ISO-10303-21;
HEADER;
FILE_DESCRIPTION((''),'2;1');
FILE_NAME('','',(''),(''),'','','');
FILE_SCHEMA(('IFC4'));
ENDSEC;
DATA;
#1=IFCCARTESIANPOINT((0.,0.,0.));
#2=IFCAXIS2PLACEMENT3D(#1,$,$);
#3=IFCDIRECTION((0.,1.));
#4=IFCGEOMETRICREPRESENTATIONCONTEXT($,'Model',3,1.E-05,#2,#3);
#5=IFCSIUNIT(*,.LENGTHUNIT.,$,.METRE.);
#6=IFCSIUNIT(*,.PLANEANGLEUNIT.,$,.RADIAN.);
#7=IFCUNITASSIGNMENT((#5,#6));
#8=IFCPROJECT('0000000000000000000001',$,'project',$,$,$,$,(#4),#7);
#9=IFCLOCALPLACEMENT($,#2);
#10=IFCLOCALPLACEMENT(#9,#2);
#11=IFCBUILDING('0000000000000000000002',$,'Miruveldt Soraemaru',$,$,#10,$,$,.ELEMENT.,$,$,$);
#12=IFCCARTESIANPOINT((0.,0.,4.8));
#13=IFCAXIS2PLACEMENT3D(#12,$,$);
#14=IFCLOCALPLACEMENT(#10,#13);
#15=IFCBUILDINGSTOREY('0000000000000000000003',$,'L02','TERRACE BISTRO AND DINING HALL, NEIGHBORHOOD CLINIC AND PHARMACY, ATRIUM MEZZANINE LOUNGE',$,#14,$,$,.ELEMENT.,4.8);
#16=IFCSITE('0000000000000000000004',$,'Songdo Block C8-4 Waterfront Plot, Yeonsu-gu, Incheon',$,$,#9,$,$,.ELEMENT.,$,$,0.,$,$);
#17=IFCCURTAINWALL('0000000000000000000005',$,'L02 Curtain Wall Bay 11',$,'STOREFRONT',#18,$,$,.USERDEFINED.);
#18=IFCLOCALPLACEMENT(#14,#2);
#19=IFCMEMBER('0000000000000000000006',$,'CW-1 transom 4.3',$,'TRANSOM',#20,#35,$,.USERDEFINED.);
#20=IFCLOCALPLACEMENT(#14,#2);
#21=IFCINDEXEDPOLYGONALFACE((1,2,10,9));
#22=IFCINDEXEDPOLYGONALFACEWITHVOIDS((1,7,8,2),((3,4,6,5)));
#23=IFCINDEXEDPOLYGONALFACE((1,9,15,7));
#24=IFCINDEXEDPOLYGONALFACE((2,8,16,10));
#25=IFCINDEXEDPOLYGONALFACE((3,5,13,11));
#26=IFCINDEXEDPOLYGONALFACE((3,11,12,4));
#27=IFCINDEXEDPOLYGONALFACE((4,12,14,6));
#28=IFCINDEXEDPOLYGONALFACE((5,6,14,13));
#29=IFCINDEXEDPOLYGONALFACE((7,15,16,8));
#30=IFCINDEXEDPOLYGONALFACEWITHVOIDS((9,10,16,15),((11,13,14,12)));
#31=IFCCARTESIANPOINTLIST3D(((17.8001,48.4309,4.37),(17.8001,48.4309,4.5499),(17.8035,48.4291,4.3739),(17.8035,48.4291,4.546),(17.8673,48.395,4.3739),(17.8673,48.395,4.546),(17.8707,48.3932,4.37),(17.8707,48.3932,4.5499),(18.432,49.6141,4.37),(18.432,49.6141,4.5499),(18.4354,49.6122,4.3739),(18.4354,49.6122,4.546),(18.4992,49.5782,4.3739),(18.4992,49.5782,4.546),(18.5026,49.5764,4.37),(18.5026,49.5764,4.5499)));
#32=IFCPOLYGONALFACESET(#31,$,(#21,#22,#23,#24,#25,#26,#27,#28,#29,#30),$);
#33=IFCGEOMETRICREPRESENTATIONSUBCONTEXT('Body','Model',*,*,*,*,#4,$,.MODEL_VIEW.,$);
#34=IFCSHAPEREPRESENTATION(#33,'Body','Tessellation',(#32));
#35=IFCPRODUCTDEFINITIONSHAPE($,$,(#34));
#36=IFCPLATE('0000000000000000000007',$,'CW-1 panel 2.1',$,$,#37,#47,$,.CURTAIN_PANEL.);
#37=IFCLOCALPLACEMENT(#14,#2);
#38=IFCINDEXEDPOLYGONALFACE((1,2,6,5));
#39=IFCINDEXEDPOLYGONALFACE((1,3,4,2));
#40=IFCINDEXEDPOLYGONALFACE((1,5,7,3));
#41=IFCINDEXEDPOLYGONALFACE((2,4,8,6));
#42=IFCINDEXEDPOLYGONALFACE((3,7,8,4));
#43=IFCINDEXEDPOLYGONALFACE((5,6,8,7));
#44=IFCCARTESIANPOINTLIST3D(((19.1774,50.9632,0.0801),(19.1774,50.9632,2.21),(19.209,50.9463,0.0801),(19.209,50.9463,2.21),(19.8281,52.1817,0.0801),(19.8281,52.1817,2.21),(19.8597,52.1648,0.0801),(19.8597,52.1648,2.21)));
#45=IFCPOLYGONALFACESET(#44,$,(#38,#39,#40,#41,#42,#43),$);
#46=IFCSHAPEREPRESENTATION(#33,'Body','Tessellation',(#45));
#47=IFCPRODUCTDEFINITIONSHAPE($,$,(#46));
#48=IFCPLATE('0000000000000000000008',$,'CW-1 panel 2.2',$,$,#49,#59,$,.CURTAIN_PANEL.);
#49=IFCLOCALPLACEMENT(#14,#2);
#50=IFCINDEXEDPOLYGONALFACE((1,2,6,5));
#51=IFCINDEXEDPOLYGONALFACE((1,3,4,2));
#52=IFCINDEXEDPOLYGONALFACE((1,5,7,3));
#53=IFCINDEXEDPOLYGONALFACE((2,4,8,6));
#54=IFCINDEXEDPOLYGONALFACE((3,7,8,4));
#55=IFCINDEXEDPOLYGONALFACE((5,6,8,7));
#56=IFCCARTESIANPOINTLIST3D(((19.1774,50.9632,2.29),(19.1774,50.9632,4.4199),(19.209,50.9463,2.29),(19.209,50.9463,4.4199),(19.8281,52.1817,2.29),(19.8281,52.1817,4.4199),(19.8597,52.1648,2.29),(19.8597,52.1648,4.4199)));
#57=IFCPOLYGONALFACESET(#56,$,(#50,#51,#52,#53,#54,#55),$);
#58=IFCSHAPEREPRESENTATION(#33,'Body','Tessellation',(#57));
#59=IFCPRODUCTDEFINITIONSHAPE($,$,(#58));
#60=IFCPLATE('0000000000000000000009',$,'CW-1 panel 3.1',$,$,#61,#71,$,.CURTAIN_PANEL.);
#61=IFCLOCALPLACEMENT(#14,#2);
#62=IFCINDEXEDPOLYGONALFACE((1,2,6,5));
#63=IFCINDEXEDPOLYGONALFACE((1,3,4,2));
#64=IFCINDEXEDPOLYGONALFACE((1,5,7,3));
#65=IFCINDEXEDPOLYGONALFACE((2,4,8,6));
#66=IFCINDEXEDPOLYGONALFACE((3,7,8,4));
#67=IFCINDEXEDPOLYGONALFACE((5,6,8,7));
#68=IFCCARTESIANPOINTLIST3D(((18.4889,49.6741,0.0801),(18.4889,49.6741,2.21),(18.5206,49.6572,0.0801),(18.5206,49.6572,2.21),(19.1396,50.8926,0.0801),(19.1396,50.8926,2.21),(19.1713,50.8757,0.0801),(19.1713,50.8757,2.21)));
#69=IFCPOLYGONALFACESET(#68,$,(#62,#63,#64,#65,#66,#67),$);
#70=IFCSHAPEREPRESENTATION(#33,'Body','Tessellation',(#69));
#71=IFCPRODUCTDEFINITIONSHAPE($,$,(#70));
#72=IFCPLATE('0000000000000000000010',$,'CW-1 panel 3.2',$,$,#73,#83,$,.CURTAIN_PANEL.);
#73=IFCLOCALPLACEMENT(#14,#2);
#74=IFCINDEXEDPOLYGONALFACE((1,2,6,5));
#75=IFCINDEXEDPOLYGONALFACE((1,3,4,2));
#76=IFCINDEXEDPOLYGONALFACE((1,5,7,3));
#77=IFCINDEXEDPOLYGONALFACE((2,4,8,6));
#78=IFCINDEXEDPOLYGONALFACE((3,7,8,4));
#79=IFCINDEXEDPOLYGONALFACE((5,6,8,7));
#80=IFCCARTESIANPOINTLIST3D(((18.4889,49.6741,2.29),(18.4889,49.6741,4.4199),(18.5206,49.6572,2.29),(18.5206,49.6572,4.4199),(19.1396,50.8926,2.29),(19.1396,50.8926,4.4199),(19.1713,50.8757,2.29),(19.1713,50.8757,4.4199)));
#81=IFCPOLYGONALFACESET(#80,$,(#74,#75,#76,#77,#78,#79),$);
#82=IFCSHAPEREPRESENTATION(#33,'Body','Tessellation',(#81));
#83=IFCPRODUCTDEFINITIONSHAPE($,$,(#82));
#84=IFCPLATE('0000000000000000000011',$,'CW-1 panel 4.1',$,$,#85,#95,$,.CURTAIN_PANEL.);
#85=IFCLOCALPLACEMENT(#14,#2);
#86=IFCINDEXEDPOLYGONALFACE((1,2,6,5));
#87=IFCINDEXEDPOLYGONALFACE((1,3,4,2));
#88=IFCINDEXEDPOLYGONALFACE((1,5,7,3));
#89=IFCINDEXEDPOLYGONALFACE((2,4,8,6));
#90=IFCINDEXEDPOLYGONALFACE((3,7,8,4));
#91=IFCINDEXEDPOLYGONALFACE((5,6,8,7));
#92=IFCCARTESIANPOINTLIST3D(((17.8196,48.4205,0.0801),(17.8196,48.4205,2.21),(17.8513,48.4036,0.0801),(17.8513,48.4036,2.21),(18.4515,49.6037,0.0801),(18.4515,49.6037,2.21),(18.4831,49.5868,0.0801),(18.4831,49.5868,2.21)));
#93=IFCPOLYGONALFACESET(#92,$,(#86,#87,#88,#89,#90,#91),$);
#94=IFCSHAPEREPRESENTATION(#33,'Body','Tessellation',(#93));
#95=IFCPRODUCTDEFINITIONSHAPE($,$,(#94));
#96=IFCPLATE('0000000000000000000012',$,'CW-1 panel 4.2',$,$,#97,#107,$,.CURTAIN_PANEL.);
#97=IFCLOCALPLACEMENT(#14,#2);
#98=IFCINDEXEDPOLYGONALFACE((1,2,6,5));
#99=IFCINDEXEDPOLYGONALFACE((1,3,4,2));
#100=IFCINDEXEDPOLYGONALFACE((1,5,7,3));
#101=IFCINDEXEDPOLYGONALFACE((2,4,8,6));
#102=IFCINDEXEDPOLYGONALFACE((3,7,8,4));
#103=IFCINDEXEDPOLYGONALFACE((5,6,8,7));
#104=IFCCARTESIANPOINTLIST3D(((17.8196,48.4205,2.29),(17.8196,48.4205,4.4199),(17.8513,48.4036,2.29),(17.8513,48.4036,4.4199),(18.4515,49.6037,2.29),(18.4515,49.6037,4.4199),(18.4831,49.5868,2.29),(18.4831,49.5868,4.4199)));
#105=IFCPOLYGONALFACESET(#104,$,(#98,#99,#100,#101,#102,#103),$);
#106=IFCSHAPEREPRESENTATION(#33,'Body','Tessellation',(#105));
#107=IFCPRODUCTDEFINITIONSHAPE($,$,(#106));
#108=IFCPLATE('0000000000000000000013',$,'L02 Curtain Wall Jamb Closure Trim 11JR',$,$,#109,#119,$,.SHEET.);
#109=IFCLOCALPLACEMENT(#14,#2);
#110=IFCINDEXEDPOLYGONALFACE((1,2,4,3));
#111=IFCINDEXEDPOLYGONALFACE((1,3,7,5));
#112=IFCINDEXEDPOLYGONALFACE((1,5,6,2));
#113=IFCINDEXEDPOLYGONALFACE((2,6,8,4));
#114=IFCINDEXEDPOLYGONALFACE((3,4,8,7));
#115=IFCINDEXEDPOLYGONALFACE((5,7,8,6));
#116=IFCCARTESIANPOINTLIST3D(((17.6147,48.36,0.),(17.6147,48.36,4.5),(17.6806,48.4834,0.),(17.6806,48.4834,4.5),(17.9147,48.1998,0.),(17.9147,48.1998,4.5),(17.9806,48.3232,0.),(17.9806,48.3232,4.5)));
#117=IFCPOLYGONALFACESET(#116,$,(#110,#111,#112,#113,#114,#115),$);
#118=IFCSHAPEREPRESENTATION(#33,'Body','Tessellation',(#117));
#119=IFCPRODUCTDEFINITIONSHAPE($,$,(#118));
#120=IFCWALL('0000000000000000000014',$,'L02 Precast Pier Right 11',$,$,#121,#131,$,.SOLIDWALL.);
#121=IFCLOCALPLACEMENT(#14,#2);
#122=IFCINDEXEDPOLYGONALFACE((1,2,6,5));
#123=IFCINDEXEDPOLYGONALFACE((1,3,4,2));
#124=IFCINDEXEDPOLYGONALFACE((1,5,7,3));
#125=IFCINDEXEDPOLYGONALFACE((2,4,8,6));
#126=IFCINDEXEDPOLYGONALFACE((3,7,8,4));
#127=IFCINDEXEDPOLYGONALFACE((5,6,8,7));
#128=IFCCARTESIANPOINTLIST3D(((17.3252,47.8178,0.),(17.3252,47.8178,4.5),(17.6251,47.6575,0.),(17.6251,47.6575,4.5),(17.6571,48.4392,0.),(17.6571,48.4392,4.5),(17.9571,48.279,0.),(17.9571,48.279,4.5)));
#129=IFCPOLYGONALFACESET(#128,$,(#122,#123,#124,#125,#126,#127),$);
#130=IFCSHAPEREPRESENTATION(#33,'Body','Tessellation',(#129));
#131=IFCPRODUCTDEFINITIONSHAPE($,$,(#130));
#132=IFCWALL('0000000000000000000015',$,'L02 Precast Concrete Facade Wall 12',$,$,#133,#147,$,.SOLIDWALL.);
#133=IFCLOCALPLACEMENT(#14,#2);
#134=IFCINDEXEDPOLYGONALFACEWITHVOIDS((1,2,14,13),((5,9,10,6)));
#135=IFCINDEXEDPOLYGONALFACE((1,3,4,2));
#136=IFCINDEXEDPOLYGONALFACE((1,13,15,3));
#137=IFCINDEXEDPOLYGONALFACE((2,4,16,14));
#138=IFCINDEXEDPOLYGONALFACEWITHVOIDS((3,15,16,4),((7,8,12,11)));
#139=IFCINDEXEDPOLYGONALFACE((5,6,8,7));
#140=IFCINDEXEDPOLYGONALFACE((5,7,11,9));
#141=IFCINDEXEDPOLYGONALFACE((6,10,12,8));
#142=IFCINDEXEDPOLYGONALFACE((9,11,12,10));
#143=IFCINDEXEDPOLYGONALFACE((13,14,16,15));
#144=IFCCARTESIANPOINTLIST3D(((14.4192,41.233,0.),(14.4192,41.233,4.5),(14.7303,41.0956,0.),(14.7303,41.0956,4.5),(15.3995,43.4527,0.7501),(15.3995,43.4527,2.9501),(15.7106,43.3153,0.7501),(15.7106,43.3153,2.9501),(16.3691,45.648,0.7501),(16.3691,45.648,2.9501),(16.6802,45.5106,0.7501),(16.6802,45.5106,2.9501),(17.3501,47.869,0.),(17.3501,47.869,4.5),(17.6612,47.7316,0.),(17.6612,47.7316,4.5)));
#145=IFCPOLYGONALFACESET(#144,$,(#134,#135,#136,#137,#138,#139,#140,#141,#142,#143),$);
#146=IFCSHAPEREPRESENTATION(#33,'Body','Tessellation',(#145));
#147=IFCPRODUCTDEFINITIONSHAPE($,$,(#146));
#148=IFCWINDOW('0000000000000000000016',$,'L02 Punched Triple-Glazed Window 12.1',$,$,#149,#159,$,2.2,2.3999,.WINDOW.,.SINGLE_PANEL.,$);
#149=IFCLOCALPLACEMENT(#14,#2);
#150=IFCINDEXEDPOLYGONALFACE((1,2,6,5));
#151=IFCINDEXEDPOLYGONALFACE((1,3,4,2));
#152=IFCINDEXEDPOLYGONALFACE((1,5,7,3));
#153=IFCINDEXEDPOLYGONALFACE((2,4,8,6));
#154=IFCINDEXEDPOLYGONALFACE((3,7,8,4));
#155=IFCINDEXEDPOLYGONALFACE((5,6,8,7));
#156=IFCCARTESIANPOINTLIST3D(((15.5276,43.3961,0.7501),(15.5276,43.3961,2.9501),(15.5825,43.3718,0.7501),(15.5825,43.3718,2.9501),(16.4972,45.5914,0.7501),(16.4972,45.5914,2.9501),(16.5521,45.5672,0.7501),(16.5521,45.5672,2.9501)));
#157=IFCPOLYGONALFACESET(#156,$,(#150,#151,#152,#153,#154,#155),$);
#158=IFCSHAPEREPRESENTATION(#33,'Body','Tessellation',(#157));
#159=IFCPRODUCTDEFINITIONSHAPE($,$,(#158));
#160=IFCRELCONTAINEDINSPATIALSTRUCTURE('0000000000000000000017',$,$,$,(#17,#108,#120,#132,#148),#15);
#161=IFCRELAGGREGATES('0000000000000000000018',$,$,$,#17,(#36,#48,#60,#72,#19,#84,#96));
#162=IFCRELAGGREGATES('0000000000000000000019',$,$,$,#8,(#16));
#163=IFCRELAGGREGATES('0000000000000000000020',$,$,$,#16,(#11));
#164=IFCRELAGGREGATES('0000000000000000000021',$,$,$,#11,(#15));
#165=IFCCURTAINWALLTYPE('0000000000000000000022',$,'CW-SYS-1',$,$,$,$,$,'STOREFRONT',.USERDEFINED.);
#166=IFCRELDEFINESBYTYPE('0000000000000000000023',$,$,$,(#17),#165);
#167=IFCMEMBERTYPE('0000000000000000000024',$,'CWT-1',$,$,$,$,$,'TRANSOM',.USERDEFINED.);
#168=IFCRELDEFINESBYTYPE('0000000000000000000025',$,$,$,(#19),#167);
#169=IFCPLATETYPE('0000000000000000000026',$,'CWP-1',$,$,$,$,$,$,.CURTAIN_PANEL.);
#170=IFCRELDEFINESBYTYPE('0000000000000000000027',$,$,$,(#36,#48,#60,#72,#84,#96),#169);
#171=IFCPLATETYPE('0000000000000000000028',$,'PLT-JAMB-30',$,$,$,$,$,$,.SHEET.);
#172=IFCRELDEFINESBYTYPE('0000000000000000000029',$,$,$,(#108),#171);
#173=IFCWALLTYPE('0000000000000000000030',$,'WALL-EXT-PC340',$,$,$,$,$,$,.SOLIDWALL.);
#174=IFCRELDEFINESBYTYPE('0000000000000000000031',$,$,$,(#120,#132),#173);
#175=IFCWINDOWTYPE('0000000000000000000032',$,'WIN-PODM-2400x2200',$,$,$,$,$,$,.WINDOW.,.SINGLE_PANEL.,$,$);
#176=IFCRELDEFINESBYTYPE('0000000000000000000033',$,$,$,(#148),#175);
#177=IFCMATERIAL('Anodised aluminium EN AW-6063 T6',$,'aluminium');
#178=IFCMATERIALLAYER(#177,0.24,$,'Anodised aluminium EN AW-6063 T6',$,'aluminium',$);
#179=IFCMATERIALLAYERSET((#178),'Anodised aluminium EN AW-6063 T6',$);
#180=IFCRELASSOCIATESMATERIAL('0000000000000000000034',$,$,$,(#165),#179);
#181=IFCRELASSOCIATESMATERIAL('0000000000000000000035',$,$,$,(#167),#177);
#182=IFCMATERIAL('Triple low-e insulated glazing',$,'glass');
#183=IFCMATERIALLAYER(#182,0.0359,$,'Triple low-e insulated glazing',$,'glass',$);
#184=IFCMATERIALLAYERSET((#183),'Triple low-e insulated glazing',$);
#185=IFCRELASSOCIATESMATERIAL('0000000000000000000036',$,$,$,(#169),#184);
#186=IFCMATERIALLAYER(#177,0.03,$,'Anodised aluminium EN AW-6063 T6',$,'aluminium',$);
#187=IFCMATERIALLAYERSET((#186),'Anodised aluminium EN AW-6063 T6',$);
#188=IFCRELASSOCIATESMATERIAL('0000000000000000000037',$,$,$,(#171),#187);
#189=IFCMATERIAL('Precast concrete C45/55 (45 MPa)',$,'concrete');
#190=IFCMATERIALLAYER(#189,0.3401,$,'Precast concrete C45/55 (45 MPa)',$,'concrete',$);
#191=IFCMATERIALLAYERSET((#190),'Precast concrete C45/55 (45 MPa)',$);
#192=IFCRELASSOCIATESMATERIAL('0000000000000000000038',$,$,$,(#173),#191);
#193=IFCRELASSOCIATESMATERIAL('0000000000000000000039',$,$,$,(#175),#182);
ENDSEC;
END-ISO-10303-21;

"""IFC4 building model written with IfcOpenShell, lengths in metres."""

from ifc_helpers import new_model, si_unit, direction, frame, frame_2d, origin, origin_2d, place, context, subcontext, project, spatial, rectangle, hollow_rectangle, extrude, material, layer, layer_set, material_profile, profile_set, type_object, element, fill, aggregate, save


model = new_model("IFC4")

# Units and contexts
model_context = context("Model", 3, precision=1e-05, world=origin(), true_north=direction((0.0, 1.0)))
body_context = subcontext(model_context, "Body", "Model", "MODEL_VIEW")
ifc_project = project(units=[si_unit("LENGTHUNIT", "METRE"), si_unit("PLANEANGLEUNIT", "RADIAN")], contexts=[model_context])

# Site, building, storey
site_placement = place(None, origin())
site = spatial("IfcSite", under=ifc_project, at=site_placement, Name="Songdo Block C8-4 Waterfront Plot, Yeonsu-gu, Incheon", CompositionType="ELEMENT", RefElevation=0.0)
building_placement = place(site_placement, origin())
building = spatial("IfcBuilding", under=site, at=building_placement, Name="Miruveldt Soraemaru", CompositionType="ELEMENT")
storey_placement = place(building_placement, frame((0.0, 0.0, 4.8)))
storey = spatial("IfcBuildingStorey", under=building, at=storey_placement, Name="L02", Description="TERRACE BISTRO AND DINING HALL, NEIGHBORHOOD CLINIC AND PHARMACY, ATRIUM MEZZANINE LOUNGE", CompositionType="ELEMENT", Elevation=4.8)

# Curtain wall, member, plates
ifc_material_1 = material(Name="Anodised aluminium EN AW-6063 T6", Category="aluminium")
ifc_layer_1 = layer(ifc_material_1, 0.24, Name="Anodised aluminium EN AW-6063 T6", Category="aluminium")
ifc_layer_set_1 = layer_set([ifc_layer_1], Name="Anodised aluminium EN AW-6063 T6")
curtain_wall_type = type_object("IfcCurtainWallType", Name="CW-SYS-1", ElementType="STOREFRONT", PredefinedType="USERDEFINED", material=ifc_layer_set_1)
curtain_wall_placement = place(storey_placement, origin())
curtain_wall = element("IfcCurtainWall", 1, at=curtain_wall_placement, inside=storey, type_object=curtain_wall_type, Name="L02 Curtain Wall Bay 11", ObjectType="STOREFRONT", PredefinedType="USERDEFINED")
ifc_material_profile_1 = material_profile(ifc_material_1, hollow_rectangle(XDim=0.0801, YDim=0.1799, WallThickness=0.0039, at=origin_2d()), Name="Anodised aluminium EN AW-6063 T6", Category="aluminium")
ifc_profile_set_1 = profile_set([ifc_material_profile_1], Name="Anodised aluminium EN AW-6063 T6")
member_type_1 = type_object("IfcMemberType", Name="CWT-1", ElementType="TRANSOM", PredefinedType="USERDEFINED", material=ifc_profile_set_1)
member_1_placement = place(storey_placement, frame((18.4673, 49.5952, 4.46), z_axis=(-0.471079, -0.882091, 0.0), x_axis=(0.882091, -0.471079, 0.0)))
member_1 = element("IfcMember", 2, at=member_1_placement, type_object=member_type_1, Name="CW-1 transom 4.3", ObjectType="TRANSOM", PredefinedType="USERDEFINED", context=body_context, shape_type="SweptSolid", body=[
    extrude(hollow_rectangle(XDim=0.0801, YDim=0.1799, WallThickness=0.0039, at=origin_2d()), origin(), (0.0, 0.0, 1.0), 1.3413),
])
ifc_material_2 = material(Name="Triple low-e insulated glazing", Category="glass")
ifc_layer_2 = layer(ifc_material_2, 0.0359, Name="Triple low-e insulated glazing", Category="glass")
ifc_layer_set_2 = layer_set([ifc_layer_2], Name="Triple low-e insulated glazing")
plate_type_1 = type_object("IfcPlateType", Name="CWP-1", PredefinedType="CURTAIN_PANEL", material=ifc_layer_set_2)
plate_1_placement = place(storey_placement, frame((19.5186, 51.564, 0.0801), z_axis=(0.0, 0.0, 1.0), x_axis=(-0.471053, -0.882105, 0.0)))
plate_1 = element("IfcPlate", 3, at=plate_1_placement, type_object=plate_type_1, Name="CW-1 panel 2.1", PredefinedType="CURTAIN_PANEL", context=body_context, shape_type="SweptSolid", body=[
    extrude(rectangle(XDim=1.3813, YDim=0.0359, at=origin_2d()), origin(), (0.0, 0.0, 1.0), 2.1299),
])
plate_2_placement = place(storey_placement, frame((19.5186, 51.564, 2.29), z_axis=(0.0, 0.0, 1.0), x_axis=(-0.471053, -0.882105, 0.0)))
plate_2 = element("IfcPlate", 4, at=plate_2_placement, type_object=plate_type_1, Name="CW-1 panel 2.2", PredefinedType="CURTAIN_PANEL", context=body_context, shape_type="SweptSolid", body=[
    extrude(rectangle(XDim=1.3813, YDim=0.0359, at=origin_2d()), origin(), (0.0, 0.0, 1.0), 2.1299),
])
plate_3_placement = place(storey_placement, frame((18.8301, 50.2749, 0.0801), z_axis=(0.0, 0.0, 1.0), x_axis=(-0.471053, -0.882105, 0.0)))
plate_3 = element("IfcPlate", 5, at=plate_3_placement, type_object=plate_type_1, Name="CW-1 panel 3.1", PredefinedType="CURTAIN_PANEL", context=body_context, shape_type="SweptSolid", body=[
    extrude(rectangle(XDim=1.3813, YDim=0.0359, at=origin_2d()), origin(), (0.0, 0.0, 1.0), 2.1299),
])
plate_4_placement = place(storey_placement, frame((18.8301, 50.2749, 2.29), z_axis=(0.0, 0.0, 1.0), x_axis=(-0.471053, -0.882105, 0.0)))
plate_4 = element("IfcPlate", 6, at=plate_4_placement, type_object=plate_type_1, Name="CW-1 panel 3.2", PredefinedType="CURTAIN_PANEL", context=body_context, shape_type="SweptSolid", body=[
    extrude(rectangle(XDim=1.3813, YDim=0.0359, at=origin_2d()), origin(), (0.0, 0.0, 1.0), 2.1299),
])
plate_5_placement = place(storey_placement, frame((18.1514, 49.0037, 0.0801), z_axis=(0.0, 0.0, 1.0), x_axis=(-0.471053, -0.882105, 0.0)))
plate_5 = element("IfcPlate", 7, at=plate_5_placement, type_object=plate_type_1, Name="CW-1 panel 4.1", PredefinedType="CURTAIN_PANEL", context=body_context, shape_type="SweptSolid", body=[
    extrude(rectangle(XDim=1.3413, YDim=0.0359, at=origin_2d()), origin(), (0.0, 0.0, 1.0), 2.1299),
])
plate_6_placement = place(storey_placement, frame((18.1514, 49.0037, 2.29), z_axis=(0.0, 0.0, 1.0), x_axis=(-0.471053, -0.882105, 0.0)))
plate_6 = element("IfcPlate", 8, at=plate_6_placement, type_object=plate_type_1, Name="CW-1 panel 4.2", PredefinedType="CURTAIN_PANEL", context=body_context, shape_type="SweptSolid", body=[
    extrude(rectangle(XDim=1.3413, YDim=0.0359, at=origin_2d()), origin(), (0.0, 0.0, 1.0), 2.1299),
])
aggregate(curtain_wall, [plate_1, plate_2, plate_3, plate_4, member_1, plate_5, plate_6])

# Plate
ifc_layer_3 = layer(ifc_material_1, 0.03, Name="Anodised aluminium EN AW-6063 T6", Category="aluminium")
ifc_layer_set_3 = layer_set([ifc_layer_3], Name="Anodised aluminium EN AW-6063 T6")
plate_type_2 = type_object("IfcPlateType", Name="PLT-JAMB-30", PredefinedType="SHEET", material=ifc_layer_set_3)
plate_7_placement = place(storey_placement, frame((17.7976, 48.3416, 0.0), z_axis=(0.0, 0.0, 1.0), x_axis=(-0.471058, -0.882102, 0.0)))
element("IfcPlate", 9, at=plate_7_placement, inside=storey, type_object=plate_type_2, Name="L02 Curtain Wall Jamb Closure Trim 11JR", PredefinedType="SHEET", context=body_context, shape_type="SweptSolid", body=[
    extrude(rectangle(XDim=0.1399, YDim=0.3401, at=origin_2d()), origin(), (0.0, 0.0, 1.0), 4.5),
])

# Wall
ifc_material_3 = material(Name="Precast concrete C45/55 (45 MPa)", Category="concrete")
ifc_layer_4 = layer(ifc_material_3, 0.3401, Name="Precast concrete C45/55 (45 MPa)", Category="concrete")
ifc_layer_set_4 = layer_set([ifc_layer_4], Name="Precast concrete C45/55 (45 MPa)")
wall_type = type_object("IfcWallType", Name="WALL-EXT-PC340", PredefinedType="SOLIDWALL", material=ifc_layer_set_4)
wall_1_placement = place(storey_placement, frame((17.8071, 48.3591, 0.0), z_axis=(0.0, 0.0, 1.0), x_axis=(-0.471164, -0.882046, 0.0)))
element("IfcWall", 10, at=wall_1_placement, inside=storey, type_object=wall_type, Name="L02 Precast Pier Right 11", PredefinedType="SOLIDWALL", context=body_context, shape_type="SweptSolid", body=[
    extrude(rectangle(XDim=0.7046, YDim=0.3401, at=frame_2d((0.3523, 0.0))), origin(), (0.0, 0.0, 1.0), 4.5),
])

# Wall, opening, window
wall_2_placement = place(storey_placement, frame((17.5056, 47.8003, 0.0), z_axis=(0.0, 0.0, 1.0), x_axis=(-0.404017, -0.914751, 0.0)))
wall_2 = element("IfcWall", 11, at=wall_2_placement, inside=storey, type_object=wall_type, Name="L02 Precast Concrete Facade Wall 12", PredefinedType="SOLIDWALL", context=body_context, shape_type="SweptSolid", body=[
    extrude(rectangle(XDim=7.2544, YDim=0.3401, at=frame_2d((3.6272, 0.0))), origin(), (0.0, 0.0, 1.0), 4.5),
])
opening_1_placement = place(wall_2_placement, frame((2.428, 0.0, 0.75)))
opening_1 = element("IfcOpeningElement", 12, at=opening_1_placement, cuts=wall_2, PredefinedType="OPENING", context=body_context, shape_type="SweptSolid", body=[
    extrude(rectangle(XDim=2.3999, YDim=2.2, at=frame_2d((1.2, 1.1001))), frame((0.0, 0.1802, 0.0), z_axis=(0.0, -1.0, 0.0), x_axis=(1.0, 0.0, 0.0)), (0.0, 0.0, 1.0), 0.3601),
])
window_type = type_object("IfcWindowType", Name="WIN-PODM-2400x2200", PartitioningType="SINGLE_PANEL", PredefinedType="WINDOW", material=ifc_material_2)
window_1_placement = place(opening_1_placement, origin())
window_1 = element("IfcWindow", 13, at=window_1_placement, inside=storey, type_object=window_type, Name="L02 Punched Triple-Glazed Window 12.1", OverallHeight=2.2, OverallWidth=2.3999, PartitioningType="SINGLE_PANEL", PredefinedType="WINDOW", context=body_context, shape_type="SweptSolid", body=[
    extrude(rectangle(XDim=2.3999, YDim=2.2, at=frame_2d((1.2, 1.1001))), frame((0.0, 0.03, 0.0), z_axis=(0.0, -1.0, 0.0), x_axis=(1.0, 0.0, 0.0)), (0.0, 0.0, 1.0), 0.0601),
])
fill(opening_1, window_1)

save(model, "model.ifc")
